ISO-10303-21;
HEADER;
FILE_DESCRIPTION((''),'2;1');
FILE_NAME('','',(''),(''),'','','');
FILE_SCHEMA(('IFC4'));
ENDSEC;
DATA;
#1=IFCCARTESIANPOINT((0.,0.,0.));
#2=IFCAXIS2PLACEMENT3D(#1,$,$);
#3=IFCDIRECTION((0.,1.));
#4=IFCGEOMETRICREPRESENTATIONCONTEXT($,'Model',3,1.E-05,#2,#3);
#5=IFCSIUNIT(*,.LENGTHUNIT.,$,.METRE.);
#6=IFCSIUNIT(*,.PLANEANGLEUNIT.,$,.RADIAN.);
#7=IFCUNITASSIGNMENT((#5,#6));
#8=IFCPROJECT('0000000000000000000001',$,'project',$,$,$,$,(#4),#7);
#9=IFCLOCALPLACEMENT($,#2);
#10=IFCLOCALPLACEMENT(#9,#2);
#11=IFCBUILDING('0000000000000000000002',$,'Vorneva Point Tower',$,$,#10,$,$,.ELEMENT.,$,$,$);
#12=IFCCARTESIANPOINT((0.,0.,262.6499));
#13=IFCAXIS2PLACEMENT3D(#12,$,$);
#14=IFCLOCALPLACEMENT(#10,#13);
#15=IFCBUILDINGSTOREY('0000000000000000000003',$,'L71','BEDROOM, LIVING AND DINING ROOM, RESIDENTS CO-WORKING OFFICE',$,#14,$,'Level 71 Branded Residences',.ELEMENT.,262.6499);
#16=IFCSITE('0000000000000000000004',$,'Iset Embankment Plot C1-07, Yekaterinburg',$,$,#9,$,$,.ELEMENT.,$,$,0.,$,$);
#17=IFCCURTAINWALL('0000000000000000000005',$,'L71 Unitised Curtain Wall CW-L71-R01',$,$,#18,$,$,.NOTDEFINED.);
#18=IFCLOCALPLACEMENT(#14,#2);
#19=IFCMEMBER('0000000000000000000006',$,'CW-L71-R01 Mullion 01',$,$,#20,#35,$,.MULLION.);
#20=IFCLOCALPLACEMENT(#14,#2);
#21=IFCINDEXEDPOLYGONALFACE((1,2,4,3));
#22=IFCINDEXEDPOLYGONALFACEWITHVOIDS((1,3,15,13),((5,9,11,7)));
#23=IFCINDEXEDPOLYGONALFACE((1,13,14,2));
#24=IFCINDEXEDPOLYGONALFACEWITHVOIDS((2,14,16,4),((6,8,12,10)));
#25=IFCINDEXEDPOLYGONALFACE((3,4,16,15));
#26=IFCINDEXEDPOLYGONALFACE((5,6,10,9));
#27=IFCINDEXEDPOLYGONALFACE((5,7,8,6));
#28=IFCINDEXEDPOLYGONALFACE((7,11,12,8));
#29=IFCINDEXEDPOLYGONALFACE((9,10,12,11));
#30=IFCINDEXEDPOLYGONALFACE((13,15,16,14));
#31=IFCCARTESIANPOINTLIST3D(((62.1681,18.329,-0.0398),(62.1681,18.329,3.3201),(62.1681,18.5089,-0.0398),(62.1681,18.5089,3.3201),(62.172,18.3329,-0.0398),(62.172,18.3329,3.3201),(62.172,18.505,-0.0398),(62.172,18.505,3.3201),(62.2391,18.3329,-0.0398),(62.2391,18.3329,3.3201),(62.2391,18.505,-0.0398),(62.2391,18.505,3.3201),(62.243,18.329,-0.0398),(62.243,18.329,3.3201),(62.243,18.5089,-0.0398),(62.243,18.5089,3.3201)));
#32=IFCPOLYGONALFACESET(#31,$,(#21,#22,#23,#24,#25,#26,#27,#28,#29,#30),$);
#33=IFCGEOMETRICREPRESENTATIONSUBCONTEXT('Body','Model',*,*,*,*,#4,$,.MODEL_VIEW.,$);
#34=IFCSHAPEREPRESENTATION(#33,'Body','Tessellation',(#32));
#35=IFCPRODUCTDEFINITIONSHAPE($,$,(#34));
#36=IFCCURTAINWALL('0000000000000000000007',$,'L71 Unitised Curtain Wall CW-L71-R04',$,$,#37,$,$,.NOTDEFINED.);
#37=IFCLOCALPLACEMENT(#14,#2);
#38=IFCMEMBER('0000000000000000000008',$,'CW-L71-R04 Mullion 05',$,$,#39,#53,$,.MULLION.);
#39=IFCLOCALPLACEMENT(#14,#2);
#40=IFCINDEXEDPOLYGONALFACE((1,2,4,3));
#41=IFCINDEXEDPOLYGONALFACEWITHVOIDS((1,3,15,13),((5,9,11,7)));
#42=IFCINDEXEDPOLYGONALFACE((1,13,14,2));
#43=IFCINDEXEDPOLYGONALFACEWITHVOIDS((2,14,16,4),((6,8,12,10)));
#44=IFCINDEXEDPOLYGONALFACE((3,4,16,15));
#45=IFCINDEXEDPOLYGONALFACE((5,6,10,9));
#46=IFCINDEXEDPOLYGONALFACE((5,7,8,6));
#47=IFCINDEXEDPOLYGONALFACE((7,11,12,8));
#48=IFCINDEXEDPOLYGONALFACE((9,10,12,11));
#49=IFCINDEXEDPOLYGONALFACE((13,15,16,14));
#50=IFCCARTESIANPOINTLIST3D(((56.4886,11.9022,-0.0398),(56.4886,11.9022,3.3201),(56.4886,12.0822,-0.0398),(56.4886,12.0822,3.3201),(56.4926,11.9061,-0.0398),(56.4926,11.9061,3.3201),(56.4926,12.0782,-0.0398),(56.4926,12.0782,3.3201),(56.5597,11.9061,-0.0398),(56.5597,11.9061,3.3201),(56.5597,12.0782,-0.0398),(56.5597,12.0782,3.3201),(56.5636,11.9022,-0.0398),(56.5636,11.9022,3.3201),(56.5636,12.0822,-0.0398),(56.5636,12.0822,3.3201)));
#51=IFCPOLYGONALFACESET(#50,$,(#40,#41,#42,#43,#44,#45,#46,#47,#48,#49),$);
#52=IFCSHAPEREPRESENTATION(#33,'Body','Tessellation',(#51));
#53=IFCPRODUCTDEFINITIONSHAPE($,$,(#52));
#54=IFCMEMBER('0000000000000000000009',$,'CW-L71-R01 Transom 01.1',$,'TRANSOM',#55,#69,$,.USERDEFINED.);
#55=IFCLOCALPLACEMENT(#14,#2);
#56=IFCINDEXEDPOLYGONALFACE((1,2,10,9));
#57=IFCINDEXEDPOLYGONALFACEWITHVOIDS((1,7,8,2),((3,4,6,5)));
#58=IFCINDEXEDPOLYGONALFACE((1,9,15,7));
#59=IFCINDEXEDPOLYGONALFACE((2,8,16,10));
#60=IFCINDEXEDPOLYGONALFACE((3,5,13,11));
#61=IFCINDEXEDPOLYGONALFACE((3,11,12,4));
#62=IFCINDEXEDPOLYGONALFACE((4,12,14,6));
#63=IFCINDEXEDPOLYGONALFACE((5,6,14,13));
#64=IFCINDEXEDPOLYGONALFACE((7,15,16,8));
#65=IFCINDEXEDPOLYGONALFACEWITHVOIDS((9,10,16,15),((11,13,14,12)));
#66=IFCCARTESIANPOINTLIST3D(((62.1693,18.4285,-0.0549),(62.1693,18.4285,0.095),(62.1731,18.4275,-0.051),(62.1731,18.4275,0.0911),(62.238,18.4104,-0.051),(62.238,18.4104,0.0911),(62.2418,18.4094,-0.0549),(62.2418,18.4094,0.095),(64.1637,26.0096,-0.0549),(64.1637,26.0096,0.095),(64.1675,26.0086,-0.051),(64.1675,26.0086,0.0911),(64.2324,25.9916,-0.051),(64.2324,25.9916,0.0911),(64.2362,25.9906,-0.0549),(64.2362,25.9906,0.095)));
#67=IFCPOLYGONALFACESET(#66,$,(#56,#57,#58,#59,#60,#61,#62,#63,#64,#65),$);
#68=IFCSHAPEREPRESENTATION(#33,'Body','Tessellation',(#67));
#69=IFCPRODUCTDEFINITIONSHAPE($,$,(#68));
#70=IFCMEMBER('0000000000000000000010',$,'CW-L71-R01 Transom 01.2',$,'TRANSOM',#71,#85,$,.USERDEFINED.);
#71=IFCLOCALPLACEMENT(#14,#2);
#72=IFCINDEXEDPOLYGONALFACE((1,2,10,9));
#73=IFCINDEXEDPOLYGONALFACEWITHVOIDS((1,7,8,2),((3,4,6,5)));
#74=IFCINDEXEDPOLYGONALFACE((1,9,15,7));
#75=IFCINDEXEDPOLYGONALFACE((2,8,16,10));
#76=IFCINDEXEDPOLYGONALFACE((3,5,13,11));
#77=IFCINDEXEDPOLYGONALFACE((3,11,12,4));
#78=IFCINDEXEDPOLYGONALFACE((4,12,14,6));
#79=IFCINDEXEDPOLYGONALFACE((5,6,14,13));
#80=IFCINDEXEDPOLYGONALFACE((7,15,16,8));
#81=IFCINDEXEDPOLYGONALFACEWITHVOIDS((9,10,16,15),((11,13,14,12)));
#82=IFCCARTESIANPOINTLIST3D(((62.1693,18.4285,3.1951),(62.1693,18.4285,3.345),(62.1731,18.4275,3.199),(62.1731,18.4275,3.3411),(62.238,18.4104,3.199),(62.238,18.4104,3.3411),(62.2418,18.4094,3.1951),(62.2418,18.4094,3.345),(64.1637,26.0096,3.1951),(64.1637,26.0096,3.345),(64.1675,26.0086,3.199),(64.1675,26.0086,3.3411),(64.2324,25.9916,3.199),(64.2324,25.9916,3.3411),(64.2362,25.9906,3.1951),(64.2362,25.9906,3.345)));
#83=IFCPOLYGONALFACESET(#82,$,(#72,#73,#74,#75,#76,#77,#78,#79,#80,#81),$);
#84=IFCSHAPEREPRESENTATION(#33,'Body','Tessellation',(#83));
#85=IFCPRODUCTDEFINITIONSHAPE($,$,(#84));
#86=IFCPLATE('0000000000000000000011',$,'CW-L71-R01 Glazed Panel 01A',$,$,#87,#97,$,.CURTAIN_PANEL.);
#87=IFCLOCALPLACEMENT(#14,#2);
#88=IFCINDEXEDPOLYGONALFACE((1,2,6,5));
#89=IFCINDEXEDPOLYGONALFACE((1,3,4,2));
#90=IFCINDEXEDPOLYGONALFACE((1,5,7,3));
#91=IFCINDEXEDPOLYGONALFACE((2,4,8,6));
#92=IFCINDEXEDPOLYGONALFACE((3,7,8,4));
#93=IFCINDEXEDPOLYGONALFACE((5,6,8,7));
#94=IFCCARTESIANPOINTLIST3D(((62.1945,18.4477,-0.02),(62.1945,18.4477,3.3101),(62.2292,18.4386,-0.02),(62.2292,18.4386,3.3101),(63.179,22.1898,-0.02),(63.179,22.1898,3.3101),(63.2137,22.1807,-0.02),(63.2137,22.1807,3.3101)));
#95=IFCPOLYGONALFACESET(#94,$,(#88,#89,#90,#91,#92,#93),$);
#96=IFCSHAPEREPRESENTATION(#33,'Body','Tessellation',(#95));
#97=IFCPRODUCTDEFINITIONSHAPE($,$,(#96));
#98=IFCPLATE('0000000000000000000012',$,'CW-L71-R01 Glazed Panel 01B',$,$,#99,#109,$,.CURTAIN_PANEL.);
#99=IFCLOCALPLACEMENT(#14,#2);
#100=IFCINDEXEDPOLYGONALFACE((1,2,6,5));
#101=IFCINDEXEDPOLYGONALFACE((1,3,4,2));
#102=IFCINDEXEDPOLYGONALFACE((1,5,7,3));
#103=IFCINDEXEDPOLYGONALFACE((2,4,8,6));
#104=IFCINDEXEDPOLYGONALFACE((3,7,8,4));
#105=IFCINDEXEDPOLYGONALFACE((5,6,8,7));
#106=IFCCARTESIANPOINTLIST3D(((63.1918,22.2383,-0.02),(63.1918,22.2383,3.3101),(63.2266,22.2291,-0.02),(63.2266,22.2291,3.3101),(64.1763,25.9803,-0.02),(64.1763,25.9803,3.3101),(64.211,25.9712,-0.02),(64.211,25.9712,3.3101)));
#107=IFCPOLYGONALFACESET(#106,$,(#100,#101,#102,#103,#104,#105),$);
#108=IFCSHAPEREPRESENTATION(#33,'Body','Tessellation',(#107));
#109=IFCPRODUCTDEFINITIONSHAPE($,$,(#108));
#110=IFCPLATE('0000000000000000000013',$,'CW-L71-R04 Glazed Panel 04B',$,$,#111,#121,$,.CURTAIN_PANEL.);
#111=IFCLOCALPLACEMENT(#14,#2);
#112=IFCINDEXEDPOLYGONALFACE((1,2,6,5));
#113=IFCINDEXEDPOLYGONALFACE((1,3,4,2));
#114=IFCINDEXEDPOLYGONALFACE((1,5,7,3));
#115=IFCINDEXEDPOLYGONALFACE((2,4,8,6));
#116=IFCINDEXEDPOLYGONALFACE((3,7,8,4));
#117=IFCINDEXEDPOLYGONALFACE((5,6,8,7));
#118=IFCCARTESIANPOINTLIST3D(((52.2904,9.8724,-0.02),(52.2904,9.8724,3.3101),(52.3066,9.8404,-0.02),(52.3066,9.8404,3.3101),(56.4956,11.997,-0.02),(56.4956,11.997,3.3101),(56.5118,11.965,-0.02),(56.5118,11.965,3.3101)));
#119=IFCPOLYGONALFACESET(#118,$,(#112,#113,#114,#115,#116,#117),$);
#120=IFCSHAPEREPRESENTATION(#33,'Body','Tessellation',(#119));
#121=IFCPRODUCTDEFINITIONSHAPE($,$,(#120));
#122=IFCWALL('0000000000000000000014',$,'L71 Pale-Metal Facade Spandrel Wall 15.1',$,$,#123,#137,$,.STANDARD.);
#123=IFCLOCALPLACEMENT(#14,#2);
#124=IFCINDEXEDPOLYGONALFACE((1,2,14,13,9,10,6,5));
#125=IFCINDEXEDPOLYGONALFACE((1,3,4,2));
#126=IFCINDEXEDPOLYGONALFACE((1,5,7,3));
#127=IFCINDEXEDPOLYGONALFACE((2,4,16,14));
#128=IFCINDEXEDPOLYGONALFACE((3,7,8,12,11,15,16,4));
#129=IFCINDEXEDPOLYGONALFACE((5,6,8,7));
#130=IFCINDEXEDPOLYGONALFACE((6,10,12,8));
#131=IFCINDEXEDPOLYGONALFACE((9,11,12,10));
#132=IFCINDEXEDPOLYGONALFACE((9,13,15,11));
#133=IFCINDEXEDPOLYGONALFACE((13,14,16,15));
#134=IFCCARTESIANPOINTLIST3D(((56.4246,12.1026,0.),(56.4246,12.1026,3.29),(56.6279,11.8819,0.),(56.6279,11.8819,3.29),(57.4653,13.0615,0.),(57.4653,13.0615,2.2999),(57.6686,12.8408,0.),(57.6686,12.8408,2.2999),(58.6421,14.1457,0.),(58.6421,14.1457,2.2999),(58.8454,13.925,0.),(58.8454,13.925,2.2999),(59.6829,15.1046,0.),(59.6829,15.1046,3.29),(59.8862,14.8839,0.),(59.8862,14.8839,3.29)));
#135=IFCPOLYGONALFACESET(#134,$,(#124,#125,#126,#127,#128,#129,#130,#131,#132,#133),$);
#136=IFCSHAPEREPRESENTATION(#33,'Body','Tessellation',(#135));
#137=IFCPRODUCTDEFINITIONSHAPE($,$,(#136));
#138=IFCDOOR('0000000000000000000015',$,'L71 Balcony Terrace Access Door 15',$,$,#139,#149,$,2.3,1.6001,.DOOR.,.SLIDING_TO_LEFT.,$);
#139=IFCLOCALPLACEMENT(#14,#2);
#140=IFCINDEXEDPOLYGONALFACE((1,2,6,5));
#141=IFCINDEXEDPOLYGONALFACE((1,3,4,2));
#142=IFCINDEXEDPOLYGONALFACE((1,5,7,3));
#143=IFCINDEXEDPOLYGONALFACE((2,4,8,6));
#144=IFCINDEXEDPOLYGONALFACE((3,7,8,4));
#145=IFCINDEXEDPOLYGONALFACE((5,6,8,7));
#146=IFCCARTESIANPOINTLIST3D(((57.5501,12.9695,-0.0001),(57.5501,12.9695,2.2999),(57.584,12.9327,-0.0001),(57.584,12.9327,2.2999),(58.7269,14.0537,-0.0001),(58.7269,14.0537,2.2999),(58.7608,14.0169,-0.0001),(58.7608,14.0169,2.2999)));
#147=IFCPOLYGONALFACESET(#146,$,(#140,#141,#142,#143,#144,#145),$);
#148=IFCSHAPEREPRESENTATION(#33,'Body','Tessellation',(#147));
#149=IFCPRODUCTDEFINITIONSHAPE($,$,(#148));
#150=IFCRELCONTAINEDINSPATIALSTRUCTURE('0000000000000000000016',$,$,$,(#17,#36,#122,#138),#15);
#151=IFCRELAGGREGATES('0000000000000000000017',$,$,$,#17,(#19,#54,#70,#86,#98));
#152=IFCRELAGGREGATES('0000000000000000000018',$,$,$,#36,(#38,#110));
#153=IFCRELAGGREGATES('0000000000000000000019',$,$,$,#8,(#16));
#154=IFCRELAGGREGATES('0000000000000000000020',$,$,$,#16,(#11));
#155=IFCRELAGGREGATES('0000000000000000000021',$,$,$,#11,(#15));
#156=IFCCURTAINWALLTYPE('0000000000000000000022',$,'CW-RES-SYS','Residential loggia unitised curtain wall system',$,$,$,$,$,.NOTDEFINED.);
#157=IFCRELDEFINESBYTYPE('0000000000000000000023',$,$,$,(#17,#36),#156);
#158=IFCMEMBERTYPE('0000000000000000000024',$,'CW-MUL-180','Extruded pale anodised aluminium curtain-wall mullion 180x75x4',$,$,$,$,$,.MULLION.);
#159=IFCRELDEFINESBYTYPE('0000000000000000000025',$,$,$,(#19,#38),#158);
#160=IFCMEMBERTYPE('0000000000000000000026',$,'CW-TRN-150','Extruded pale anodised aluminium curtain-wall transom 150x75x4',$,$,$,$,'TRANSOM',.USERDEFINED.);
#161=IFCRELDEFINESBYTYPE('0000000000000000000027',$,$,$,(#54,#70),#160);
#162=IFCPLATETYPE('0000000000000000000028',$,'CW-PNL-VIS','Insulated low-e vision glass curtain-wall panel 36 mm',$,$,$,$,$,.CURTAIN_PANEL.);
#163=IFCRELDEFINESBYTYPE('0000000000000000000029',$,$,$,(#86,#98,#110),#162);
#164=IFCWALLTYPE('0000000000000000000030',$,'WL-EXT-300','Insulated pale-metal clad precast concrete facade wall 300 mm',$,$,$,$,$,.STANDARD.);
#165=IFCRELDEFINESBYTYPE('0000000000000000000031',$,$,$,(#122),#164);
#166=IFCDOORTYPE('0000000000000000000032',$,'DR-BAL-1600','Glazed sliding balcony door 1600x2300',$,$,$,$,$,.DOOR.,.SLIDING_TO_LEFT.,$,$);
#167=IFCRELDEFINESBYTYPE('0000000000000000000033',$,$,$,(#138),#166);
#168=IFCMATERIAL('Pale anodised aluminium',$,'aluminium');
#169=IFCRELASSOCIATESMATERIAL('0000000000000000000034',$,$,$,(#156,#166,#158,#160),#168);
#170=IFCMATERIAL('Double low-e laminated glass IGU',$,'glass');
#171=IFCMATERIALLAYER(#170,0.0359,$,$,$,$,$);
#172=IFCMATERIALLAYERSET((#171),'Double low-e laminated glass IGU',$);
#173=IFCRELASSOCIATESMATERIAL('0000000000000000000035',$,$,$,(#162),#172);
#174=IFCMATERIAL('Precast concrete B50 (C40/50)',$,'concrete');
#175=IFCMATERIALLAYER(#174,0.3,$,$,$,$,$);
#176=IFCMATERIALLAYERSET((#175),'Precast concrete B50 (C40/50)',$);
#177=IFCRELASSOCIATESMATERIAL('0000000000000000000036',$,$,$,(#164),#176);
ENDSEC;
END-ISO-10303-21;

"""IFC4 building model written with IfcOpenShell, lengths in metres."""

from ifc_helpers import new_model, si_unit, direction, frame, frame_2d, origin, origin_2d, place, context, subcontext, project, spatial, rectangle, hollow_rectangle, extrude, material, layer, layer_set, material_profile, profile_set, type_object, element, fill, aggregate, save


model = new_model("IFC4")

# Units and contexts
model_context = context("Model", 3, precision=1e-05, world=origin(), true_north=direction((0.0, 1.0)))
body_context = subcontext(model_context, "Body", "Model", "MODEL_VIEW")
ifc_project = project(units=[si_unit("LENGTHUNIT", "METRE"), si_unit("PLANEANGLEUNIT", "RADIAN")], contexts=[model_context])

# Site, building, storey
site_placement = place(None, origin())
site = spatial("IfcSite", under=ifc_project, at=site_placement, Name="Iset Embankment Plot C1-07, Yekaterinburg", CompositionType="ELEMENT", RefElevation=0.0)
building_placement = place(site_placement, origin())
building = spatial("IfcBuilding", under=site, at=building_placement, Name="Vorneva Point Tower", CompositionType="ELEMENT")
storey_placement = place(building_placement, frame((0.0, 0.0, 262.6499)))
storey = spatial("IfcBuildingStorey", under=building, at=storey_placement, Name="L71", Description="BEDROOM, LIVING AND DINING ROOM, RESIDENTS CO-WORKING OFFICE", LongName="Level 71 Branded Residences", CompositionType="ELEMENT", Elevation=262.6499)

# Curtain walls, members
ifc_material_1 = material(Name="Pale anodised aluminium", Category="aluminium")
curtain_wall_type = type_object("IfcCurtainWallType", Name="CW-RES-SYS", Description="Residential loggia unitised curtain wall system", PredefinedType="NOTDEFINED", material=ifc_material_1)
curtain_wall_1_placement = place(storey_placement, origin())
curtain_wall_1 = element("IfcCurtainWall", 1, at=curtain_wall_1_placement, inside=storey, type_object=curtain_wall_type, Name="L71 Unitised Curtain Wall CW-L71-R01", PredefinedType="NOTDEFINED")
ifc_material_profile_1 = material_profile(ifc_material_1, hollow_rectangle(XDim=0.075, YDim=0.1799, WallThickness=0.0039, at=origin_2d()), Name="AL-MUL 180x75x4")
ifc_profile_set_1 = profile_set([ifc_material_profile_1], Name="Pale anodised aluminium")
member_type_1 = type_object("IfcMemberType", Name="CW-MUL-180", Description="Extruded pale anodised aluminium curtain-wall mullion 180x75x4", PredefinedType="MULLION", material=ifc_profile_set_1)
member_1_placement = place(storey_placement, frame((62.2056, 18.4189, -0.0398), z_axis=(0.0, 0.0, 1.0), x_axis=(1.0, 0.0, 0.0)))
member_1 = element("IfcMember", 2, at=member_1_placement, type_object=member_type_1, Name="CW-L71-R01 Mullion 01", PredefinedType="MULLION", context=body_context, shape_type="SweptSolid", body=[
    extrude(hollow_rectangle(XDim=0.075, YDim=0.1799, WallThickness=0.0039, at=origin_2d()), origin(), (0.0, 0.0, 1.0), 3.3599),
])
curtain_wall_2_placement = place(storey_placement, origin())
curtain_wall_2 = element("IfcCurtainWall", 3, at=curtain_wall_2_placement, inside=storey, type_object=curtain_wall_type, Name="L71 Unitised Curtain Wall CW-L71-R04", PredefinedType="NOTDEFINED")
member_2_placement = place(storey_placement, frame((56.5261, 11.9922, -0.0398), z_axis=(0.0, 0.0, 1.0), x_axis=(1.0, 0.0, 0.0)))
member_2 = element("IfcMember", 4, at=member_2_placement, type_object=member_type_1, Name="CW-L71-R04 Mullion 05", PredefinedType="MULLION", context=body_context, shape_type="SweptSolid", body=[
    extrude(hollow_rectangle(XDim=0.075, YDim=0.1799, WallThickness=0.0039, at=origin_2d()), origin(), (0.0, 0.0, 1.0), 3.3599),
])

# Members
ifc_material_profile_2 = material_profile(ifc_material_1, hollow_rectangle(XDim=0.075, YDim=0.1499, WallThickness=0.0039, at=origin_2d()), Name="AL-TRN 150x75x4")
ifc_profile_set_2 = profile_set([ifc_material_profile_2], Name="Pale anodised aluminium")
member_type_2 = type_object("IfcMemberType", Name="CW-TRN-150", Description="Extruded pale anodised aluminium curtain-wall transom 150x75x4", ElementType="TRANSOM", PredefinedType="USERDEFINED", material=ifc_profile_set_2)
member_3_placement = place(storey_placement, frame((62.2056, 18.4189, 0.02), z_axis=(0.254418, 0.967094, 0.0), x_axis=(-0.967094, 0.254418, 0.0)))
member_3 = element("IfcMember", 5, at=member_3_placement, type_object=member_type_2, Name="CW-L71-R01 Transom 01.1", ObjectType="TRANSOM", PredefinedType="USERDEFINED", context=body_context, shape_type="SweptSolid", body=[
    extrude(hollow_rectangle(XDim=0.075, YDim=0.1499, WallThickness=0.0039, at=origin_2d()), origin(), (0.0, 0.0, 1.0), 7.8391),
])
member_4_placement = place(storey_placement, frame((62.2056, 18.4189, 3.27), z_axis=(0.254418, 0.967094, 0.0), x_axis=(-0.967094, 0.254418, 0.0)))
member_4 = element("IfcMember", 6, at=member_4_placement, type_object=member_type_2, Name="CW-L71-R01 Transom 01.2", ObjectType="TRANSOM", PredefinedType="USERDEFINED", context=body_context, shape_type="SweptSolid", body=[
    extrude(hollow_rectangle(XDim=0.075, YDim=0.1499, WallThickness=0.0039, at=origin_2d()), origin(), (0.0, 0.0, 1.0), 7.8391),
])

# Plates
ifc_material_2 = material(Name="Double low-e laminated glass IGU", Category="glass")
ifc_layer_1 = layer(ifc_material_2, 0.0359)
ifc_layer_set_1 = layer_set([ifc_layer_1], Name="Double low-e laminated glass IGU")
plate_type = type_object("IfcPlateType", Name="CW-PNL-VIS", Description="Insulated low-e vision glass curtain-wall panel 36 mm", PredefinedType="CURTAIN_PANEL", material=ifc_layer_set_1)
plate_1_placement = place(storey_placement, frame((62.7041, 20.3142, -0.02), z_axis=(0.0, 0.0, 1.0), x_axis=(0.254416, 0.967095, 0.0)))
plate_1 = element("IfcPlate", 7, at=plate_1_placement, type_object=plate_type, Name="CW-L71-R01 Glazed Panel 01A", PredefinedType="CURTAIN_PANEL", context=body_context, shape_type="SweptSolid", body=[
    extrude(rectangle(XDim=3.8694, YDim=0.0359, at=origin_2d()), origin(), (0.0, 0.0, 1.0), 3.3301),
])
plate_2_placement = place(storey_placement, frame((63.7014, 24.1047, -0.02), z_axis=(0.0, 0.0, 1.0), x_axis=(0.254416, 0.967095, 0.0)))
plate_2 = element("IfcPlate", 8, at=plate_2_placement, type_object=plate_type, Name="CW-L71-R01 Glazed Panel 01B", PredefinedType="CURTAIN_PANEL", context=body_context, shape_type="SweptSolid", body=[
    extrude(rectangle(XDim=3.8694, YDim=0.0359, at=origin_2d()), origin(), (0.0, 0.0, 1.0), 3.3301),
])
aggregate(curtain_wall_1, [member_1, member_3, member_4, plate_1, plate_2])
plate_3_placement = place(storey_placement, frame((54.4011, 10.9187, -0.02), z_axis=(0.0, 0.0, 1.0), x_axis=(0.892554, 0.45094, 0.0)))
plate_3 = element("IfcPlate", 9, at=plate_3_placement, type_object=plate_type, Name="CW-L71-R04 Glazed Panel 04B", PredefinedType="CURTAIN_PANEL", context=body_context, shape_type="SweptSolid", body=[
    extrude(rectangle(XDim=4.7114, YDim=0.0359, at=origin_2d()), origin(), (0.0, 0.0, 1.0), 3.3301),
])
aggregate(curtain_wall_2, [member_2, plate_3])

# Wall, opening, door
ifc_material_3 = material(Name="Precast concrete B50 (C40/50)", Category="concrete")
ifc_layer_2 = layer(ifc_material_3, 0.3)
ifc_layer_set_2 = layer_set([ifc_layer_2], Name="Precast concrete B50 (C40/50)")
wall_type_1 = type_object("IfcWallType", Name="WL-EXT-300", Description="Insulated pale-metal clad precast concrete facade wall 300 mm", PredefinedType="STANDARD", material=ifc_layer_set_2)
wall_1_placement = place(storey_placement, frame((56.5261, 11.9922, 0.0), z_axis=(0.0, 0.0, 1.0), x_axis=(0.735445, 0.677584, 0.0)))
wall_1 = element("IfcWall", 10, at=wall_1_placement, inside=storey, type_object=wall_type_1, Name="L71 Pale-Metal Facade Spandrel Wall 15.1", PredefinedType="STANDARD", context=body_context, shape_type="SweptSolid", body=[
    extrude(rectangle(XDim=4.4304, YDim=0.3, at=frame_2d((2.2153, 0.0))), origin(), (0.0, 0.0, 1.0), 3.29),
])
opening_1_placement = place(wall_1_placement, frame((1.4153, 0.0, 0.0)))
opening_1 = element("IfcOpeningElement", 11, at=opening_1_placement, cuts=wall_1, PredefinedType="OPENING", context=body_context, shape_type="SweptSolid", body=[
    extrude(rectangle(XDim=1.6001, YDim=2.3, at=frame_2d((0.8, 1.1499))), frame((0.0, 0.165, 0.0), z_axis=(0.0, -1.0, 0.0), x_axis=(1.0, 0.0, 0.0)), (0.0, 0.0, 1.0), 0.3298),
])
door_type = type_object("IfcDoorType", Name="DR-BAL-1600", Description="Glazed sliding balcony door 1600x2300", OperationType="SLIDING_TO_LEFT", PredefinedType="DOOR", material=ifc_material_1)
door_placement = place(opening_1_placement, origin())
door = element("IfcDoor", 12, at=door_placement, inside=storey, type_object=door_type, Name="L71 Balcony Terrace Access Door 15", OperationType="SLIDING_TO_LEFT", OverallHeight=2.3, OverallWidth=1.6001, PredefinedType="DOOR", context=body_context, shape_type="SweptSolid", body=[
    extrude(rectangle(XDim=1.6001, YDim=2.3, at=frame_2d((0.8, 1.1499))), frame((0.0, 0.0249, 0.0), z_axis=(0.0, -1.0, 0.0), x_axis=(1.0, 0.0, 0.0)), (0.0, 0.0, 1.0), 0.05),
])
fill(opening_1, door)

save(model, "model.ifc")
